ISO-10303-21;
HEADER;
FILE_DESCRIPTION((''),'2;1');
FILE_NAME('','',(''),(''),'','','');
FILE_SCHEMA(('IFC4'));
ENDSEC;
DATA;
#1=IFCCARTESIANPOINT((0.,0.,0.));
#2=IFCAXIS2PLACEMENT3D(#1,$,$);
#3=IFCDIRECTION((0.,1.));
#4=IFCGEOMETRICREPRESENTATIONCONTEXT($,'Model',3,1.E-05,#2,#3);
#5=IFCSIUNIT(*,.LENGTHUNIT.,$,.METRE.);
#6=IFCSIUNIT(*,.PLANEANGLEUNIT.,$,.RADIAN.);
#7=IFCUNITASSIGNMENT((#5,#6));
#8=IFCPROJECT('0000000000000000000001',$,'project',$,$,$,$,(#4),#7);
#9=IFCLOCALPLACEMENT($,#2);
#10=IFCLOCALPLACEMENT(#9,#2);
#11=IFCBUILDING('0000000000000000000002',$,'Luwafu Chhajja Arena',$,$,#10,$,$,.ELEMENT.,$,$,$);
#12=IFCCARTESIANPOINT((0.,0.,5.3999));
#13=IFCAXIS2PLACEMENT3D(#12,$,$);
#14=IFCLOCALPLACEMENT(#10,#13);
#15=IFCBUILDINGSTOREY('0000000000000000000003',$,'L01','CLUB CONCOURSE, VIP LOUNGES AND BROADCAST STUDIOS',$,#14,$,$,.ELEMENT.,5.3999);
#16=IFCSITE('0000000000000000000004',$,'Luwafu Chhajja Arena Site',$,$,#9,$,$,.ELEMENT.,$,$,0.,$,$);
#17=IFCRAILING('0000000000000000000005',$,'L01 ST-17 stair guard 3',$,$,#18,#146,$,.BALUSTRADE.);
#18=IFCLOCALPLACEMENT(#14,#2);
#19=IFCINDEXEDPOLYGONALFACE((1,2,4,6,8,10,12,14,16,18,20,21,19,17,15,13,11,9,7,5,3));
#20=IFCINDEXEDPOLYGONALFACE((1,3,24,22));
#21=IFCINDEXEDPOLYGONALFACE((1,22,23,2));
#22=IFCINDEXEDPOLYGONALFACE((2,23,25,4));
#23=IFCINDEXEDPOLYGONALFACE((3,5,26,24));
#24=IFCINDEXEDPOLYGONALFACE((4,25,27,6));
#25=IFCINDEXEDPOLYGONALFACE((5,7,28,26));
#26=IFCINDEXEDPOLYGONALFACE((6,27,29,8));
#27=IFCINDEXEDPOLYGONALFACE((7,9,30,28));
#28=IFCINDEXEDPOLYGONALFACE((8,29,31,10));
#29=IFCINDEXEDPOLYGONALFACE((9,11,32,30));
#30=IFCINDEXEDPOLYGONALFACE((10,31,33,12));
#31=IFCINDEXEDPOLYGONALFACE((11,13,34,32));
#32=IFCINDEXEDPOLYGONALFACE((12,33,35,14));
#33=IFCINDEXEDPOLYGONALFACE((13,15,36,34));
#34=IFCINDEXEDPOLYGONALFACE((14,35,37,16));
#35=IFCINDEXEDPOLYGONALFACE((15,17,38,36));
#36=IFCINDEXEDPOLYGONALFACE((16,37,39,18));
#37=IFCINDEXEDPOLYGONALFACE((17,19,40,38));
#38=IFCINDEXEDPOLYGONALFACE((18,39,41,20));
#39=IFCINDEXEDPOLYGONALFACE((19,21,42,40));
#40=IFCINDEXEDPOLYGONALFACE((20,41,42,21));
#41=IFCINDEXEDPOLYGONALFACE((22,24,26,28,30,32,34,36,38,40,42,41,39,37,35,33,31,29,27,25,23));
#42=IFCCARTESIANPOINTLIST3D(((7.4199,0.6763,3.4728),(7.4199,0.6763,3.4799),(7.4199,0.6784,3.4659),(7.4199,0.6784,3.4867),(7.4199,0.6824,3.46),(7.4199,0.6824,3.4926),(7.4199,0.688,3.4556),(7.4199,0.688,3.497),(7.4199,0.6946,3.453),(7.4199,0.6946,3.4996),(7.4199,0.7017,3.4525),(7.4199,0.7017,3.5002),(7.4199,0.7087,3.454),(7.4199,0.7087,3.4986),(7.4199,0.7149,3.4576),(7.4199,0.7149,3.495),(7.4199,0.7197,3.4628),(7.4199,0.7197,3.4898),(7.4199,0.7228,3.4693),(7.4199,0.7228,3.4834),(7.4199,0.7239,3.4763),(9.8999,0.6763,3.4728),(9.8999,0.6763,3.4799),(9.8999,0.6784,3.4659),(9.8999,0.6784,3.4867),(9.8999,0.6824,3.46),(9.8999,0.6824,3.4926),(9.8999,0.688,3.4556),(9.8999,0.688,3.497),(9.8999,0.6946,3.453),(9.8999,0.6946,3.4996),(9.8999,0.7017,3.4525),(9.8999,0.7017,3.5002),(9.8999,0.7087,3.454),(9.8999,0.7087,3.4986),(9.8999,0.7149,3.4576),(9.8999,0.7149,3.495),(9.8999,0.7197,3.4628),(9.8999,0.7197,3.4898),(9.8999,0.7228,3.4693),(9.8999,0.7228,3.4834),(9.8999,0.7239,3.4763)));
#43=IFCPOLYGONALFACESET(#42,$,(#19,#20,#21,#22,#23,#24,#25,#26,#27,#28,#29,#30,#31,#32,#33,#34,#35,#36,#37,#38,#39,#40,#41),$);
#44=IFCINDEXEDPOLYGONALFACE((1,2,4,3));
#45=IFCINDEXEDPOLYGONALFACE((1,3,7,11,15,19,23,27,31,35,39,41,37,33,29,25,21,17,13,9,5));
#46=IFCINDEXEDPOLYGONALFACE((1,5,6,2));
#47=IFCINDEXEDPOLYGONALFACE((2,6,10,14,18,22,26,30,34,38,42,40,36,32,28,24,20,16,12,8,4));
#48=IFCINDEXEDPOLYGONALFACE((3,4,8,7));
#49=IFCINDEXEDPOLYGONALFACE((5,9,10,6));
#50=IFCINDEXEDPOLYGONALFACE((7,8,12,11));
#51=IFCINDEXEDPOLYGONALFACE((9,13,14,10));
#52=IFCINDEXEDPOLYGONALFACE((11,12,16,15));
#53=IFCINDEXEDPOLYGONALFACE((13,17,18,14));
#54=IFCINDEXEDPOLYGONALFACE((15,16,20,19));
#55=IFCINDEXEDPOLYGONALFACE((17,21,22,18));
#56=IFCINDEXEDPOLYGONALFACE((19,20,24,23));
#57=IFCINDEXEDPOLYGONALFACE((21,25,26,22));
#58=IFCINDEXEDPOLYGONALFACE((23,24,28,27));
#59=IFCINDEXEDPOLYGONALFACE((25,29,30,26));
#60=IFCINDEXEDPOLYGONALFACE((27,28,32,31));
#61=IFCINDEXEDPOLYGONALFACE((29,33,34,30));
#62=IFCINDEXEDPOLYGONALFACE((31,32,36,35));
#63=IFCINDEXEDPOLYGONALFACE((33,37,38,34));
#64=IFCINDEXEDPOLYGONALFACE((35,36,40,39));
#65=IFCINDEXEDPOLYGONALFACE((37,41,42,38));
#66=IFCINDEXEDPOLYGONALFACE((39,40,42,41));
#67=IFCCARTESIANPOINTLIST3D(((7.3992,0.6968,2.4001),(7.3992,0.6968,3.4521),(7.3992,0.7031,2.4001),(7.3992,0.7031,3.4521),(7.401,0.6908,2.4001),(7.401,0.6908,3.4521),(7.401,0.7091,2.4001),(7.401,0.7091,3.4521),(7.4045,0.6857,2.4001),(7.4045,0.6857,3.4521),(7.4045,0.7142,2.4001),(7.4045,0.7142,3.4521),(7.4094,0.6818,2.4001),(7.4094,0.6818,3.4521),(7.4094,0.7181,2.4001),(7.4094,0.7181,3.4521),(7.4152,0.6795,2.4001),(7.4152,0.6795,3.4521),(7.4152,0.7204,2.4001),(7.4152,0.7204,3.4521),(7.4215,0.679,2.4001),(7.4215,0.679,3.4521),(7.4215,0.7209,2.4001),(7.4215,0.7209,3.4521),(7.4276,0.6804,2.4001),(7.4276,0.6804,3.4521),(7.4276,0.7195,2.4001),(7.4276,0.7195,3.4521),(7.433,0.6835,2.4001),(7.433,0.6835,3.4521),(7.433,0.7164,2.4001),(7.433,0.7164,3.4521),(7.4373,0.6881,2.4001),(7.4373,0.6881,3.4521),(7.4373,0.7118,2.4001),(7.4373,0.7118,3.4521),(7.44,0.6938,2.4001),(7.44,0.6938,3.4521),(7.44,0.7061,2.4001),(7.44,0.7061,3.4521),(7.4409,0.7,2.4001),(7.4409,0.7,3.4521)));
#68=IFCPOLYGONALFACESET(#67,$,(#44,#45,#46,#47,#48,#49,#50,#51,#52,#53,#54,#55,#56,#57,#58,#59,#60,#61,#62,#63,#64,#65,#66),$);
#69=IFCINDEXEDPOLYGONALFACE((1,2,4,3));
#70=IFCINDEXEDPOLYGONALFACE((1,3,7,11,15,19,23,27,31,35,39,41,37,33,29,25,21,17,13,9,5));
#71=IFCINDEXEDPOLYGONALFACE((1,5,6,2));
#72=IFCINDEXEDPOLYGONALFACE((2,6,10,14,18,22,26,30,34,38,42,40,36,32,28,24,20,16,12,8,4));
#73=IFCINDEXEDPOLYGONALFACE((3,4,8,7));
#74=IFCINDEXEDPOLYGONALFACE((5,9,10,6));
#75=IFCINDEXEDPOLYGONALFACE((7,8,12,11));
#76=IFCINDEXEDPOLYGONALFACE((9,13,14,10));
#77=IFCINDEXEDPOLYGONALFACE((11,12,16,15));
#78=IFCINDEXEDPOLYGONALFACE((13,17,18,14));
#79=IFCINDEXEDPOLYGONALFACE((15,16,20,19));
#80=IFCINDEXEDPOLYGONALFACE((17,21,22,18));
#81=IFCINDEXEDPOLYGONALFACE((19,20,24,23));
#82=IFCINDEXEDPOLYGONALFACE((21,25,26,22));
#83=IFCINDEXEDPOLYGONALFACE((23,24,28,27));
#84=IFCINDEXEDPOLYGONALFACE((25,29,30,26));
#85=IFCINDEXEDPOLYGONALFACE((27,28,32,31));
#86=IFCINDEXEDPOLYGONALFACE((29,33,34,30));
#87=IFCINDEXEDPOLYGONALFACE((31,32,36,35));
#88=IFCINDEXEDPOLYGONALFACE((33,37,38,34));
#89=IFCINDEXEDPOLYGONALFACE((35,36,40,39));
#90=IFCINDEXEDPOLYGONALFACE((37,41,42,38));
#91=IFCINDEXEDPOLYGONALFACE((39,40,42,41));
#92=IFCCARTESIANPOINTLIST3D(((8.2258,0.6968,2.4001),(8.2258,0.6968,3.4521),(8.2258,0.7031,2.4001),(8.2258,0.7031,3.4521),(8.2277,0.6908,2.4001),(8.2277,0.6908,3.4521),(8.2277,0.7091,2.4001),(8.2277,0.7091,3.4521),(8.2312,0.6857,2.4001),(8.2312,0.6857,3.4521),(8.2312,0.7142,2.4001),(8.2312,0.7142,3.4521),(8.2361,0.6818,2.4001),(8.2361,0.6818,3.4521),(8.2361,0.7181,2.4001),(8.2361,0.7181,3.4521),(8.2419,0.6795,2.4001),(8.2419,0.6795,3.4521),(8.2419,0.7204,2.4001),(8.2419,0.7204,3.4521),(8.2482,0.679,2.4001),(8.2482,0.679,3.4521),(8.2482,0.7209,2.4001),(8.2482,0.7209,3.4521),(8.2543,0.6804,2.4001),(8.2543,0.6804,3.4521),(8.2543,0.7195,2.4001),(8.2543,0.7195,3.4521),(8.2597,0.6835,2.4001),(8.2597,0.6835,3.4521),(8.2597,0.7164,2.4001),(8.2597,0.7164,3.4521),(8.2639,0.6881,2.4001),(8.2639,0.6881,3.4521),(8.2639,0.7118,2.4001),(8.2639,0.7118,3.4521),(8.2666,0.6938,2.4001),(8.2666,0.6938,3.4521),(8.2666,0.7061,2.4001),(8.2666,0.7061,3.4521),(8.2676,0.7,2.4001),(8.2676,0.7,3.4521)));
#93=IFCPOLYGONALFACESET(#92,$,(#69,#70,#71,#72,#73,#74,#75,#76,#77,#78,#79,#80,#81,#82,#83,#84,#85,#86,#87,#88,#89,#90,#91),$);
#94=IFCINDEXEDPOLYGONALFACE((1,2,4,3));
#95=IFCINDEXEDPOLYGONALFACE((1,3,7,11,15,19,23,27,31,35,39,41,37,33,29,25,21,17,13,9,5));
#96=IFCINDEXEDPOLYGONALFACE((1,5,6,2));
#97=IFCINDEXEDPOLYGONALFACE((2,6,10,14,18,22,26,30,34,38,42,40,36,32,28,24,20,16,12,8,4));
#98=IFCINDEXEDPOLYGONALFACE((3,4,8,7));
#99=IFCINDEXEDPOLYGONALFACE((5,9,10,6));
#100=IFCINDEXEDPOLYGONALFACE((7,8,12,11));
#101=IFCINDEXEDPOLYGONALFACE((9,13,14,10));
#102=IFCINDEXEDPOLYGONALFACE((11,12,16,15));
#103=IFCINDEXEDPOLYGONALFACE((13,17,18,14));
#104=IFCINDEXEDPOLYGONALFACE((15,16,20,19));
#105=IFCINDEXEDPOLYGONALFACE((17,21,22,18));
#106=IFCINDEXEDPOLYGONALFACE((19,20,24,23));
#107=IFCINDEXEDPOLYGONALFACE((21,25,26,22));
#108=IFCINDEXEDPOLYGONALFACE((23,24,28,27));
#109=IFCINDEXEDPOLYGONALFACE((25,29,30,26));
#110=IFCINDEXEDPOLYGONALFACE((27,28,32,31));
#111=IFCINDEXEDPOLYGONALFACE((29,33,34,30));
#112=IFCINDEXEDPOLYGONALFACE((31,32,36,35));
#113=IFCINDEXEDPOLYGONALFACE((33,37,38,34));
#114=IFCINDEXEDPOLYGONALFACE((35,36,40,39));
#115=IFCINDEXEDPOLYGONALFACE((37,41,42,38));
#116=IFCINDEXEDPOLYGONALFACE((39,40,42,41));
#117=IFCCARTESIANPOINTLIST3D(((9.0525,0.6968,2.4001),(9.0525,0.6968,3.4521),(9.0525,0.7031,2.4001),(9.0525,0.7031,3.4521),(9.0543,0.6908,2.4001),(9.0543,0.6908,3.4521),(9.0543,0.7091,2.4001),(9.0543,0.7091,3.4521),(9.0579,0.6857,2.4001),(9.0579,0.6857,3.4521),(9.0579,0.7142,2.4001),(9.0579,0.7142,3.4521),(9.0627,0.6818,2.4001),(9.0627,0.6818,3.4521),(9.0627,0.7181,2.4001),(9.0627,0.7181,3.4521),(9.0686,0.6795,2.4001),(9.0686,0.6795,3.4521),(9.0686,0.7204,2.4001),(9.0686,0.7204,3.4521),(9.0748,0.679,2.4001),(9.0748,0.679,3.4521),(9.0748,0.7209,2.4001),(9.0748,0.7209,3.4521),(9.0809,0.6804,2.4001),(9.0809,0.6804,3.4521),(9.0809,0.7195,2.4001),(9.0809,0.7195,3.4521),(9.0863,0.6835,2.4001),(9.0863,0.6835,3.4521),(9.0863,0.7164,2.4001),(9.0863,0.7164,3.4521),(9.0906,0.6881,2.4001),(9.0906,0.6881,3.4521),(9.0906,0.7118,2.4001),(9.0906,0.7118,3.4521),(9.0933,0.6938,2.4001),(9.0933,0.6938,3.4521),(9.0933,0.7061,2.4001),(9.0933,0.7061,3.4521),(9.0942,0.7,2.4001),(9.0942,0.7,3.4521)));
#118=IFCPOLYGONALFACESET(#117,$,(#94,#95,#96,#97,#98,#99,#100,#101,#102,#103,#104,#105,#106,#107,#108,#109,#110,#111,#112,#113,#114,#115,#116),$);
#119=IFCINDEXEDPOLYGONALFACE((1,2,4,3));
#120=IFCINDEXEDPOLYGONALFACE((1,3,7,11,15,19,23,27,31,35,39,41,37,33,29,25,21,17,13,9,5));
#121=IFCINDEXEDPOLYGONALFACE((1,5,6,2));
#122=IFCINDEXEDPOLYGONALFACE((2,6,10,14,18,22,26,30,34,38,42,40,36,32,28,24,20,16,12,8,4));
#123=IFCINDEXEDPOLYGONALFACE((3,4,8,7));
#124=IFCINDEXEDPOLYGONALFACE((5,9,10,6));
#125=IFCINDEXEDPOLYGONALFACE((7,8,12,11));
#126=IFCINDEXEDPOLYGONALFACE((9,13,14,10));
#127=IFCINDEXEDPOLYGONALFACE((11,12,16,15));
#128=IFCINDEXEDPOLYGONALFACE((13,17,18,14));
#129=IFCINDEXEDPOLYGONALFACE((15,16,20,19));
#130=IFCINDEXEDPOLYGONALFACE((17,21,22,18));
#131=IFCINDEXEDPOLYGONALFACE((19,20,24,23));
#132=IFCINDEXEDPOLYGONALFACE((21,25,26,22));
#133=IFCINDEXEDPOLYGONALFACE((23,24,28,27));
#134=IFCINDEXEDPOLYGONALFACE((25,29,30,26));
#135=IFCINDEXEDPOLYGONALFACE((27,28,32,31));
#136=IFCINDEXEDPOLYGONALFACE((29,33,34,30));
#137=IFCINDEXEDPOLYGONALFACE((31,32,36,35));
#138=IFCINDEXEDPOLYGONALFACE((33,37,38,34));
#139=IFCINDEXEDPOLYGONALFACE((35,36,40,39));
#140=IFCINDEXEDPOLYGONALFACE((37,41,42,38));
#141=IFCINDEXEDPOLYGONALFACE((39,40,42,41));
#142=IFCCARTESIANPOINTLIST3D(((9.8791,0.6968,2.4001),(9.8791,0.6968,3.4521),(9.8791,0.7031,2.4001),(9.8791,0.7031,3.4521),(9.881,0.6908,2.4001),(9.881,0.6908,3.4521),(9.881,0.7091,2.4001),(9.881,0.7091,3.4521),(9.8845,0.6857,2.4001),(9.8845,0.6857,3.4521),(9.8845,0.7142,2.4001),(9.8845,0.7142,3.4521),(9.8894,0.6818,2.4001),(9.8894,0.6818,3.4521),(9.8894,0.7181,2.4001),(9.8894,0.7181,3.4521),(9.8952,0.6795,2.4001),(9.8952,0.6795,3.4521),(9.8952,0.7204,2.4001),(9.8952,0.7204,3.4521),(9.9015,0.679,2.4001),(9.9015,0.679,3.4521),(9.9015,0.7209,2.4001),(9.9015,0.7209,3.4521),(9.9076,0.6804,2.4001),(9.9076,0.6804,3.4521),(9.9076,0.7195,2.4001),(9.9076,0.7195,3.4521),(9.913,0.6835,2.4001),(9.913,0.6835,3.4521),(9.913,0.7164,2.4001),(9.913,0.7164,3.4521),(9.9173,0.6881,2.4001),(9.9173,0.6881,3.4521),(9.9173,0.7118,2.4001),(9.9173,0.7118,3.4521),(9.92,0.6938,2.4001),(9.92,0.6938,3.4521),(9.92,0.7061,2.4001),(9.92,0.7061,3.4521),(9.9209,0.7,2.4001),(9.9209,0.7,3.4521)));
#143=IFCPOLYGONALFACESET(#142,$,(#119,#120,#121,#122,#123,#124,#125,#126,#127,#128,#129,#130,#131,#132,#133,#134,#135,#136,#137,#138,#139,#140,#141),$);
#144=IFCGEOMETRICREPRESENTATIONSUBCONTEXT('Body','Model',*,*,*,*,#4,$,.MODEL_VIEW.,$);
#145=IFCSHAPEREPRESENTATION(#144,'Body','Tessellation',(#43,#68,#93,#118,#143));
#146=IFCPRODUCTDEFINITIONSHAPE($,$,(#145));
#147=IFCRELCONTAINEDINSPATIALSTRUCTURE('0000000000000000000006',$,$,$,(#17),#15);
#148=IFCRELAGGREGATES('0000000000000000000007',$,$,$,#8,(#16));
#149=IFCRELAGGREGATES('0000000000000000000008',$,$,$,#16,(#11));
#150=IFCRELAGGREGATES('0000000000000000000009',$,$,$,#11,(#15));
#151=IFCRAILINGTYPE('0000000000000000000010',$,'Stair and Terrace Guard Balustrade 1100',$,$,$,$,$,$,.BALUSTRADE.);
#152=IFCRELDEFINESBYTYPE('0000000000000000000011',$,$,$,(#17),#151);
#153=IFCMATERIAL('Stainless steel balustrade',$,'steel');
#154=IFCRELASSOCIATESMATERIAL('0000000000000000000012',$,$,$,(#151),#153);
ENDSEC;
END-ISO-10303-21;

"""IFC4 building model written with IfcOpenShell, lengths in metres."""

from ifc_helpers import new_model, si_unit, direction, frame, origin, origin_2d, place, context, subcontext, project, spatial, circle, extrude, material, type_object, element, save


model = new_model("IFC4")

# Units and contexts
model_context = context("Model", 3, precision=1e-05, world=origin(), true_north=direction((0.0, 1.0)))
body_context = subcontext(model_context, "Body", "Model", "MODEL_VIEW")
ifc_project = project(units=[si_unit("LENGTHUNIT", "METRE"), si_unit("PLANEANGLEUNIT", "RADIAN")], contexts=[model_context])

# Site, building, storey
site_placement = place(None, origin())
site = spatial("IfcSite", under=ifc_project, at=site_placement, Name="Luwafu Chhajja Arena Site", CompositionType="ELEMENT", RefElevation=0.0)
building_placement = place(site_placement, origin())
building = spatial("IfcBuilding", under=site, at=building_placement, Name="Luwafu Chhajja Arena", CompositionType="ELEMENT")
storey_placement = place(building_placement, frame((0.0, 0.0, 5.3999)))
storey = spatial("IfcBuildingStorey", under=building, at=storey_placement, Name="L01", Description="CLUB CONCOURSE, VIP LOUNGES AND BROADCAST STUDIOS", CompositionType="ELEMENT", Elevation=5.3999)

# Railing
ifc_material_1 = material(Name="Stainless steel balustrade", Category="steel")
railing_type_1 = type_object("IfcRailingType", Name="Stair and Terrace Guard Balustrade 1100", PredefinedType="BALUSTRADE", material=ifc_material_1)
for number, where, name in (
    (1, (7.4199, 0.7, 2.4001), "L01 ST-17 stair guard 3"),
):
    element("IfcRailing", number, at=place(storey_placement, frame(where)), inside=storey, type_object=railing_type_1, Name=name, PredefinedType="BALUSTRADE", context=body_context, shape_type="SweptSolid", body=[
        extrude(circle(Radius=0.0239, at=origin_2d()), frame((0.0, 0.0, 1.0762), z_axis=(1.0, 0.0, 0.0), x_axis=(0.0, 1.0, 0.0)), (0.0, 0.0, 1.0), 2.48),
        extrude(circle(Radius=0.021, at=origin_2d()), origin(), (0.0, 0.0, 1.0), 1.052),
        extrude(circle(Radius=0.021, at=origin_2d()), frame((0.8267, 0.0, 0.0)), (0.0, 0.0, 1.0), 1.052),
        extrude(circle(Radius=0.021, at=origin_2d()), frame((1.6533, 0.0, 0.0)), (0.0, 0.0, 1.0), 1.052),
        extrude(circle(Radius=0.021, at=origin_2d()), frame((2.48, 0.0, 0.0)), (0.0, 0.0, 1.0), 1.052),
    ])

save(model, "model.ifc")
